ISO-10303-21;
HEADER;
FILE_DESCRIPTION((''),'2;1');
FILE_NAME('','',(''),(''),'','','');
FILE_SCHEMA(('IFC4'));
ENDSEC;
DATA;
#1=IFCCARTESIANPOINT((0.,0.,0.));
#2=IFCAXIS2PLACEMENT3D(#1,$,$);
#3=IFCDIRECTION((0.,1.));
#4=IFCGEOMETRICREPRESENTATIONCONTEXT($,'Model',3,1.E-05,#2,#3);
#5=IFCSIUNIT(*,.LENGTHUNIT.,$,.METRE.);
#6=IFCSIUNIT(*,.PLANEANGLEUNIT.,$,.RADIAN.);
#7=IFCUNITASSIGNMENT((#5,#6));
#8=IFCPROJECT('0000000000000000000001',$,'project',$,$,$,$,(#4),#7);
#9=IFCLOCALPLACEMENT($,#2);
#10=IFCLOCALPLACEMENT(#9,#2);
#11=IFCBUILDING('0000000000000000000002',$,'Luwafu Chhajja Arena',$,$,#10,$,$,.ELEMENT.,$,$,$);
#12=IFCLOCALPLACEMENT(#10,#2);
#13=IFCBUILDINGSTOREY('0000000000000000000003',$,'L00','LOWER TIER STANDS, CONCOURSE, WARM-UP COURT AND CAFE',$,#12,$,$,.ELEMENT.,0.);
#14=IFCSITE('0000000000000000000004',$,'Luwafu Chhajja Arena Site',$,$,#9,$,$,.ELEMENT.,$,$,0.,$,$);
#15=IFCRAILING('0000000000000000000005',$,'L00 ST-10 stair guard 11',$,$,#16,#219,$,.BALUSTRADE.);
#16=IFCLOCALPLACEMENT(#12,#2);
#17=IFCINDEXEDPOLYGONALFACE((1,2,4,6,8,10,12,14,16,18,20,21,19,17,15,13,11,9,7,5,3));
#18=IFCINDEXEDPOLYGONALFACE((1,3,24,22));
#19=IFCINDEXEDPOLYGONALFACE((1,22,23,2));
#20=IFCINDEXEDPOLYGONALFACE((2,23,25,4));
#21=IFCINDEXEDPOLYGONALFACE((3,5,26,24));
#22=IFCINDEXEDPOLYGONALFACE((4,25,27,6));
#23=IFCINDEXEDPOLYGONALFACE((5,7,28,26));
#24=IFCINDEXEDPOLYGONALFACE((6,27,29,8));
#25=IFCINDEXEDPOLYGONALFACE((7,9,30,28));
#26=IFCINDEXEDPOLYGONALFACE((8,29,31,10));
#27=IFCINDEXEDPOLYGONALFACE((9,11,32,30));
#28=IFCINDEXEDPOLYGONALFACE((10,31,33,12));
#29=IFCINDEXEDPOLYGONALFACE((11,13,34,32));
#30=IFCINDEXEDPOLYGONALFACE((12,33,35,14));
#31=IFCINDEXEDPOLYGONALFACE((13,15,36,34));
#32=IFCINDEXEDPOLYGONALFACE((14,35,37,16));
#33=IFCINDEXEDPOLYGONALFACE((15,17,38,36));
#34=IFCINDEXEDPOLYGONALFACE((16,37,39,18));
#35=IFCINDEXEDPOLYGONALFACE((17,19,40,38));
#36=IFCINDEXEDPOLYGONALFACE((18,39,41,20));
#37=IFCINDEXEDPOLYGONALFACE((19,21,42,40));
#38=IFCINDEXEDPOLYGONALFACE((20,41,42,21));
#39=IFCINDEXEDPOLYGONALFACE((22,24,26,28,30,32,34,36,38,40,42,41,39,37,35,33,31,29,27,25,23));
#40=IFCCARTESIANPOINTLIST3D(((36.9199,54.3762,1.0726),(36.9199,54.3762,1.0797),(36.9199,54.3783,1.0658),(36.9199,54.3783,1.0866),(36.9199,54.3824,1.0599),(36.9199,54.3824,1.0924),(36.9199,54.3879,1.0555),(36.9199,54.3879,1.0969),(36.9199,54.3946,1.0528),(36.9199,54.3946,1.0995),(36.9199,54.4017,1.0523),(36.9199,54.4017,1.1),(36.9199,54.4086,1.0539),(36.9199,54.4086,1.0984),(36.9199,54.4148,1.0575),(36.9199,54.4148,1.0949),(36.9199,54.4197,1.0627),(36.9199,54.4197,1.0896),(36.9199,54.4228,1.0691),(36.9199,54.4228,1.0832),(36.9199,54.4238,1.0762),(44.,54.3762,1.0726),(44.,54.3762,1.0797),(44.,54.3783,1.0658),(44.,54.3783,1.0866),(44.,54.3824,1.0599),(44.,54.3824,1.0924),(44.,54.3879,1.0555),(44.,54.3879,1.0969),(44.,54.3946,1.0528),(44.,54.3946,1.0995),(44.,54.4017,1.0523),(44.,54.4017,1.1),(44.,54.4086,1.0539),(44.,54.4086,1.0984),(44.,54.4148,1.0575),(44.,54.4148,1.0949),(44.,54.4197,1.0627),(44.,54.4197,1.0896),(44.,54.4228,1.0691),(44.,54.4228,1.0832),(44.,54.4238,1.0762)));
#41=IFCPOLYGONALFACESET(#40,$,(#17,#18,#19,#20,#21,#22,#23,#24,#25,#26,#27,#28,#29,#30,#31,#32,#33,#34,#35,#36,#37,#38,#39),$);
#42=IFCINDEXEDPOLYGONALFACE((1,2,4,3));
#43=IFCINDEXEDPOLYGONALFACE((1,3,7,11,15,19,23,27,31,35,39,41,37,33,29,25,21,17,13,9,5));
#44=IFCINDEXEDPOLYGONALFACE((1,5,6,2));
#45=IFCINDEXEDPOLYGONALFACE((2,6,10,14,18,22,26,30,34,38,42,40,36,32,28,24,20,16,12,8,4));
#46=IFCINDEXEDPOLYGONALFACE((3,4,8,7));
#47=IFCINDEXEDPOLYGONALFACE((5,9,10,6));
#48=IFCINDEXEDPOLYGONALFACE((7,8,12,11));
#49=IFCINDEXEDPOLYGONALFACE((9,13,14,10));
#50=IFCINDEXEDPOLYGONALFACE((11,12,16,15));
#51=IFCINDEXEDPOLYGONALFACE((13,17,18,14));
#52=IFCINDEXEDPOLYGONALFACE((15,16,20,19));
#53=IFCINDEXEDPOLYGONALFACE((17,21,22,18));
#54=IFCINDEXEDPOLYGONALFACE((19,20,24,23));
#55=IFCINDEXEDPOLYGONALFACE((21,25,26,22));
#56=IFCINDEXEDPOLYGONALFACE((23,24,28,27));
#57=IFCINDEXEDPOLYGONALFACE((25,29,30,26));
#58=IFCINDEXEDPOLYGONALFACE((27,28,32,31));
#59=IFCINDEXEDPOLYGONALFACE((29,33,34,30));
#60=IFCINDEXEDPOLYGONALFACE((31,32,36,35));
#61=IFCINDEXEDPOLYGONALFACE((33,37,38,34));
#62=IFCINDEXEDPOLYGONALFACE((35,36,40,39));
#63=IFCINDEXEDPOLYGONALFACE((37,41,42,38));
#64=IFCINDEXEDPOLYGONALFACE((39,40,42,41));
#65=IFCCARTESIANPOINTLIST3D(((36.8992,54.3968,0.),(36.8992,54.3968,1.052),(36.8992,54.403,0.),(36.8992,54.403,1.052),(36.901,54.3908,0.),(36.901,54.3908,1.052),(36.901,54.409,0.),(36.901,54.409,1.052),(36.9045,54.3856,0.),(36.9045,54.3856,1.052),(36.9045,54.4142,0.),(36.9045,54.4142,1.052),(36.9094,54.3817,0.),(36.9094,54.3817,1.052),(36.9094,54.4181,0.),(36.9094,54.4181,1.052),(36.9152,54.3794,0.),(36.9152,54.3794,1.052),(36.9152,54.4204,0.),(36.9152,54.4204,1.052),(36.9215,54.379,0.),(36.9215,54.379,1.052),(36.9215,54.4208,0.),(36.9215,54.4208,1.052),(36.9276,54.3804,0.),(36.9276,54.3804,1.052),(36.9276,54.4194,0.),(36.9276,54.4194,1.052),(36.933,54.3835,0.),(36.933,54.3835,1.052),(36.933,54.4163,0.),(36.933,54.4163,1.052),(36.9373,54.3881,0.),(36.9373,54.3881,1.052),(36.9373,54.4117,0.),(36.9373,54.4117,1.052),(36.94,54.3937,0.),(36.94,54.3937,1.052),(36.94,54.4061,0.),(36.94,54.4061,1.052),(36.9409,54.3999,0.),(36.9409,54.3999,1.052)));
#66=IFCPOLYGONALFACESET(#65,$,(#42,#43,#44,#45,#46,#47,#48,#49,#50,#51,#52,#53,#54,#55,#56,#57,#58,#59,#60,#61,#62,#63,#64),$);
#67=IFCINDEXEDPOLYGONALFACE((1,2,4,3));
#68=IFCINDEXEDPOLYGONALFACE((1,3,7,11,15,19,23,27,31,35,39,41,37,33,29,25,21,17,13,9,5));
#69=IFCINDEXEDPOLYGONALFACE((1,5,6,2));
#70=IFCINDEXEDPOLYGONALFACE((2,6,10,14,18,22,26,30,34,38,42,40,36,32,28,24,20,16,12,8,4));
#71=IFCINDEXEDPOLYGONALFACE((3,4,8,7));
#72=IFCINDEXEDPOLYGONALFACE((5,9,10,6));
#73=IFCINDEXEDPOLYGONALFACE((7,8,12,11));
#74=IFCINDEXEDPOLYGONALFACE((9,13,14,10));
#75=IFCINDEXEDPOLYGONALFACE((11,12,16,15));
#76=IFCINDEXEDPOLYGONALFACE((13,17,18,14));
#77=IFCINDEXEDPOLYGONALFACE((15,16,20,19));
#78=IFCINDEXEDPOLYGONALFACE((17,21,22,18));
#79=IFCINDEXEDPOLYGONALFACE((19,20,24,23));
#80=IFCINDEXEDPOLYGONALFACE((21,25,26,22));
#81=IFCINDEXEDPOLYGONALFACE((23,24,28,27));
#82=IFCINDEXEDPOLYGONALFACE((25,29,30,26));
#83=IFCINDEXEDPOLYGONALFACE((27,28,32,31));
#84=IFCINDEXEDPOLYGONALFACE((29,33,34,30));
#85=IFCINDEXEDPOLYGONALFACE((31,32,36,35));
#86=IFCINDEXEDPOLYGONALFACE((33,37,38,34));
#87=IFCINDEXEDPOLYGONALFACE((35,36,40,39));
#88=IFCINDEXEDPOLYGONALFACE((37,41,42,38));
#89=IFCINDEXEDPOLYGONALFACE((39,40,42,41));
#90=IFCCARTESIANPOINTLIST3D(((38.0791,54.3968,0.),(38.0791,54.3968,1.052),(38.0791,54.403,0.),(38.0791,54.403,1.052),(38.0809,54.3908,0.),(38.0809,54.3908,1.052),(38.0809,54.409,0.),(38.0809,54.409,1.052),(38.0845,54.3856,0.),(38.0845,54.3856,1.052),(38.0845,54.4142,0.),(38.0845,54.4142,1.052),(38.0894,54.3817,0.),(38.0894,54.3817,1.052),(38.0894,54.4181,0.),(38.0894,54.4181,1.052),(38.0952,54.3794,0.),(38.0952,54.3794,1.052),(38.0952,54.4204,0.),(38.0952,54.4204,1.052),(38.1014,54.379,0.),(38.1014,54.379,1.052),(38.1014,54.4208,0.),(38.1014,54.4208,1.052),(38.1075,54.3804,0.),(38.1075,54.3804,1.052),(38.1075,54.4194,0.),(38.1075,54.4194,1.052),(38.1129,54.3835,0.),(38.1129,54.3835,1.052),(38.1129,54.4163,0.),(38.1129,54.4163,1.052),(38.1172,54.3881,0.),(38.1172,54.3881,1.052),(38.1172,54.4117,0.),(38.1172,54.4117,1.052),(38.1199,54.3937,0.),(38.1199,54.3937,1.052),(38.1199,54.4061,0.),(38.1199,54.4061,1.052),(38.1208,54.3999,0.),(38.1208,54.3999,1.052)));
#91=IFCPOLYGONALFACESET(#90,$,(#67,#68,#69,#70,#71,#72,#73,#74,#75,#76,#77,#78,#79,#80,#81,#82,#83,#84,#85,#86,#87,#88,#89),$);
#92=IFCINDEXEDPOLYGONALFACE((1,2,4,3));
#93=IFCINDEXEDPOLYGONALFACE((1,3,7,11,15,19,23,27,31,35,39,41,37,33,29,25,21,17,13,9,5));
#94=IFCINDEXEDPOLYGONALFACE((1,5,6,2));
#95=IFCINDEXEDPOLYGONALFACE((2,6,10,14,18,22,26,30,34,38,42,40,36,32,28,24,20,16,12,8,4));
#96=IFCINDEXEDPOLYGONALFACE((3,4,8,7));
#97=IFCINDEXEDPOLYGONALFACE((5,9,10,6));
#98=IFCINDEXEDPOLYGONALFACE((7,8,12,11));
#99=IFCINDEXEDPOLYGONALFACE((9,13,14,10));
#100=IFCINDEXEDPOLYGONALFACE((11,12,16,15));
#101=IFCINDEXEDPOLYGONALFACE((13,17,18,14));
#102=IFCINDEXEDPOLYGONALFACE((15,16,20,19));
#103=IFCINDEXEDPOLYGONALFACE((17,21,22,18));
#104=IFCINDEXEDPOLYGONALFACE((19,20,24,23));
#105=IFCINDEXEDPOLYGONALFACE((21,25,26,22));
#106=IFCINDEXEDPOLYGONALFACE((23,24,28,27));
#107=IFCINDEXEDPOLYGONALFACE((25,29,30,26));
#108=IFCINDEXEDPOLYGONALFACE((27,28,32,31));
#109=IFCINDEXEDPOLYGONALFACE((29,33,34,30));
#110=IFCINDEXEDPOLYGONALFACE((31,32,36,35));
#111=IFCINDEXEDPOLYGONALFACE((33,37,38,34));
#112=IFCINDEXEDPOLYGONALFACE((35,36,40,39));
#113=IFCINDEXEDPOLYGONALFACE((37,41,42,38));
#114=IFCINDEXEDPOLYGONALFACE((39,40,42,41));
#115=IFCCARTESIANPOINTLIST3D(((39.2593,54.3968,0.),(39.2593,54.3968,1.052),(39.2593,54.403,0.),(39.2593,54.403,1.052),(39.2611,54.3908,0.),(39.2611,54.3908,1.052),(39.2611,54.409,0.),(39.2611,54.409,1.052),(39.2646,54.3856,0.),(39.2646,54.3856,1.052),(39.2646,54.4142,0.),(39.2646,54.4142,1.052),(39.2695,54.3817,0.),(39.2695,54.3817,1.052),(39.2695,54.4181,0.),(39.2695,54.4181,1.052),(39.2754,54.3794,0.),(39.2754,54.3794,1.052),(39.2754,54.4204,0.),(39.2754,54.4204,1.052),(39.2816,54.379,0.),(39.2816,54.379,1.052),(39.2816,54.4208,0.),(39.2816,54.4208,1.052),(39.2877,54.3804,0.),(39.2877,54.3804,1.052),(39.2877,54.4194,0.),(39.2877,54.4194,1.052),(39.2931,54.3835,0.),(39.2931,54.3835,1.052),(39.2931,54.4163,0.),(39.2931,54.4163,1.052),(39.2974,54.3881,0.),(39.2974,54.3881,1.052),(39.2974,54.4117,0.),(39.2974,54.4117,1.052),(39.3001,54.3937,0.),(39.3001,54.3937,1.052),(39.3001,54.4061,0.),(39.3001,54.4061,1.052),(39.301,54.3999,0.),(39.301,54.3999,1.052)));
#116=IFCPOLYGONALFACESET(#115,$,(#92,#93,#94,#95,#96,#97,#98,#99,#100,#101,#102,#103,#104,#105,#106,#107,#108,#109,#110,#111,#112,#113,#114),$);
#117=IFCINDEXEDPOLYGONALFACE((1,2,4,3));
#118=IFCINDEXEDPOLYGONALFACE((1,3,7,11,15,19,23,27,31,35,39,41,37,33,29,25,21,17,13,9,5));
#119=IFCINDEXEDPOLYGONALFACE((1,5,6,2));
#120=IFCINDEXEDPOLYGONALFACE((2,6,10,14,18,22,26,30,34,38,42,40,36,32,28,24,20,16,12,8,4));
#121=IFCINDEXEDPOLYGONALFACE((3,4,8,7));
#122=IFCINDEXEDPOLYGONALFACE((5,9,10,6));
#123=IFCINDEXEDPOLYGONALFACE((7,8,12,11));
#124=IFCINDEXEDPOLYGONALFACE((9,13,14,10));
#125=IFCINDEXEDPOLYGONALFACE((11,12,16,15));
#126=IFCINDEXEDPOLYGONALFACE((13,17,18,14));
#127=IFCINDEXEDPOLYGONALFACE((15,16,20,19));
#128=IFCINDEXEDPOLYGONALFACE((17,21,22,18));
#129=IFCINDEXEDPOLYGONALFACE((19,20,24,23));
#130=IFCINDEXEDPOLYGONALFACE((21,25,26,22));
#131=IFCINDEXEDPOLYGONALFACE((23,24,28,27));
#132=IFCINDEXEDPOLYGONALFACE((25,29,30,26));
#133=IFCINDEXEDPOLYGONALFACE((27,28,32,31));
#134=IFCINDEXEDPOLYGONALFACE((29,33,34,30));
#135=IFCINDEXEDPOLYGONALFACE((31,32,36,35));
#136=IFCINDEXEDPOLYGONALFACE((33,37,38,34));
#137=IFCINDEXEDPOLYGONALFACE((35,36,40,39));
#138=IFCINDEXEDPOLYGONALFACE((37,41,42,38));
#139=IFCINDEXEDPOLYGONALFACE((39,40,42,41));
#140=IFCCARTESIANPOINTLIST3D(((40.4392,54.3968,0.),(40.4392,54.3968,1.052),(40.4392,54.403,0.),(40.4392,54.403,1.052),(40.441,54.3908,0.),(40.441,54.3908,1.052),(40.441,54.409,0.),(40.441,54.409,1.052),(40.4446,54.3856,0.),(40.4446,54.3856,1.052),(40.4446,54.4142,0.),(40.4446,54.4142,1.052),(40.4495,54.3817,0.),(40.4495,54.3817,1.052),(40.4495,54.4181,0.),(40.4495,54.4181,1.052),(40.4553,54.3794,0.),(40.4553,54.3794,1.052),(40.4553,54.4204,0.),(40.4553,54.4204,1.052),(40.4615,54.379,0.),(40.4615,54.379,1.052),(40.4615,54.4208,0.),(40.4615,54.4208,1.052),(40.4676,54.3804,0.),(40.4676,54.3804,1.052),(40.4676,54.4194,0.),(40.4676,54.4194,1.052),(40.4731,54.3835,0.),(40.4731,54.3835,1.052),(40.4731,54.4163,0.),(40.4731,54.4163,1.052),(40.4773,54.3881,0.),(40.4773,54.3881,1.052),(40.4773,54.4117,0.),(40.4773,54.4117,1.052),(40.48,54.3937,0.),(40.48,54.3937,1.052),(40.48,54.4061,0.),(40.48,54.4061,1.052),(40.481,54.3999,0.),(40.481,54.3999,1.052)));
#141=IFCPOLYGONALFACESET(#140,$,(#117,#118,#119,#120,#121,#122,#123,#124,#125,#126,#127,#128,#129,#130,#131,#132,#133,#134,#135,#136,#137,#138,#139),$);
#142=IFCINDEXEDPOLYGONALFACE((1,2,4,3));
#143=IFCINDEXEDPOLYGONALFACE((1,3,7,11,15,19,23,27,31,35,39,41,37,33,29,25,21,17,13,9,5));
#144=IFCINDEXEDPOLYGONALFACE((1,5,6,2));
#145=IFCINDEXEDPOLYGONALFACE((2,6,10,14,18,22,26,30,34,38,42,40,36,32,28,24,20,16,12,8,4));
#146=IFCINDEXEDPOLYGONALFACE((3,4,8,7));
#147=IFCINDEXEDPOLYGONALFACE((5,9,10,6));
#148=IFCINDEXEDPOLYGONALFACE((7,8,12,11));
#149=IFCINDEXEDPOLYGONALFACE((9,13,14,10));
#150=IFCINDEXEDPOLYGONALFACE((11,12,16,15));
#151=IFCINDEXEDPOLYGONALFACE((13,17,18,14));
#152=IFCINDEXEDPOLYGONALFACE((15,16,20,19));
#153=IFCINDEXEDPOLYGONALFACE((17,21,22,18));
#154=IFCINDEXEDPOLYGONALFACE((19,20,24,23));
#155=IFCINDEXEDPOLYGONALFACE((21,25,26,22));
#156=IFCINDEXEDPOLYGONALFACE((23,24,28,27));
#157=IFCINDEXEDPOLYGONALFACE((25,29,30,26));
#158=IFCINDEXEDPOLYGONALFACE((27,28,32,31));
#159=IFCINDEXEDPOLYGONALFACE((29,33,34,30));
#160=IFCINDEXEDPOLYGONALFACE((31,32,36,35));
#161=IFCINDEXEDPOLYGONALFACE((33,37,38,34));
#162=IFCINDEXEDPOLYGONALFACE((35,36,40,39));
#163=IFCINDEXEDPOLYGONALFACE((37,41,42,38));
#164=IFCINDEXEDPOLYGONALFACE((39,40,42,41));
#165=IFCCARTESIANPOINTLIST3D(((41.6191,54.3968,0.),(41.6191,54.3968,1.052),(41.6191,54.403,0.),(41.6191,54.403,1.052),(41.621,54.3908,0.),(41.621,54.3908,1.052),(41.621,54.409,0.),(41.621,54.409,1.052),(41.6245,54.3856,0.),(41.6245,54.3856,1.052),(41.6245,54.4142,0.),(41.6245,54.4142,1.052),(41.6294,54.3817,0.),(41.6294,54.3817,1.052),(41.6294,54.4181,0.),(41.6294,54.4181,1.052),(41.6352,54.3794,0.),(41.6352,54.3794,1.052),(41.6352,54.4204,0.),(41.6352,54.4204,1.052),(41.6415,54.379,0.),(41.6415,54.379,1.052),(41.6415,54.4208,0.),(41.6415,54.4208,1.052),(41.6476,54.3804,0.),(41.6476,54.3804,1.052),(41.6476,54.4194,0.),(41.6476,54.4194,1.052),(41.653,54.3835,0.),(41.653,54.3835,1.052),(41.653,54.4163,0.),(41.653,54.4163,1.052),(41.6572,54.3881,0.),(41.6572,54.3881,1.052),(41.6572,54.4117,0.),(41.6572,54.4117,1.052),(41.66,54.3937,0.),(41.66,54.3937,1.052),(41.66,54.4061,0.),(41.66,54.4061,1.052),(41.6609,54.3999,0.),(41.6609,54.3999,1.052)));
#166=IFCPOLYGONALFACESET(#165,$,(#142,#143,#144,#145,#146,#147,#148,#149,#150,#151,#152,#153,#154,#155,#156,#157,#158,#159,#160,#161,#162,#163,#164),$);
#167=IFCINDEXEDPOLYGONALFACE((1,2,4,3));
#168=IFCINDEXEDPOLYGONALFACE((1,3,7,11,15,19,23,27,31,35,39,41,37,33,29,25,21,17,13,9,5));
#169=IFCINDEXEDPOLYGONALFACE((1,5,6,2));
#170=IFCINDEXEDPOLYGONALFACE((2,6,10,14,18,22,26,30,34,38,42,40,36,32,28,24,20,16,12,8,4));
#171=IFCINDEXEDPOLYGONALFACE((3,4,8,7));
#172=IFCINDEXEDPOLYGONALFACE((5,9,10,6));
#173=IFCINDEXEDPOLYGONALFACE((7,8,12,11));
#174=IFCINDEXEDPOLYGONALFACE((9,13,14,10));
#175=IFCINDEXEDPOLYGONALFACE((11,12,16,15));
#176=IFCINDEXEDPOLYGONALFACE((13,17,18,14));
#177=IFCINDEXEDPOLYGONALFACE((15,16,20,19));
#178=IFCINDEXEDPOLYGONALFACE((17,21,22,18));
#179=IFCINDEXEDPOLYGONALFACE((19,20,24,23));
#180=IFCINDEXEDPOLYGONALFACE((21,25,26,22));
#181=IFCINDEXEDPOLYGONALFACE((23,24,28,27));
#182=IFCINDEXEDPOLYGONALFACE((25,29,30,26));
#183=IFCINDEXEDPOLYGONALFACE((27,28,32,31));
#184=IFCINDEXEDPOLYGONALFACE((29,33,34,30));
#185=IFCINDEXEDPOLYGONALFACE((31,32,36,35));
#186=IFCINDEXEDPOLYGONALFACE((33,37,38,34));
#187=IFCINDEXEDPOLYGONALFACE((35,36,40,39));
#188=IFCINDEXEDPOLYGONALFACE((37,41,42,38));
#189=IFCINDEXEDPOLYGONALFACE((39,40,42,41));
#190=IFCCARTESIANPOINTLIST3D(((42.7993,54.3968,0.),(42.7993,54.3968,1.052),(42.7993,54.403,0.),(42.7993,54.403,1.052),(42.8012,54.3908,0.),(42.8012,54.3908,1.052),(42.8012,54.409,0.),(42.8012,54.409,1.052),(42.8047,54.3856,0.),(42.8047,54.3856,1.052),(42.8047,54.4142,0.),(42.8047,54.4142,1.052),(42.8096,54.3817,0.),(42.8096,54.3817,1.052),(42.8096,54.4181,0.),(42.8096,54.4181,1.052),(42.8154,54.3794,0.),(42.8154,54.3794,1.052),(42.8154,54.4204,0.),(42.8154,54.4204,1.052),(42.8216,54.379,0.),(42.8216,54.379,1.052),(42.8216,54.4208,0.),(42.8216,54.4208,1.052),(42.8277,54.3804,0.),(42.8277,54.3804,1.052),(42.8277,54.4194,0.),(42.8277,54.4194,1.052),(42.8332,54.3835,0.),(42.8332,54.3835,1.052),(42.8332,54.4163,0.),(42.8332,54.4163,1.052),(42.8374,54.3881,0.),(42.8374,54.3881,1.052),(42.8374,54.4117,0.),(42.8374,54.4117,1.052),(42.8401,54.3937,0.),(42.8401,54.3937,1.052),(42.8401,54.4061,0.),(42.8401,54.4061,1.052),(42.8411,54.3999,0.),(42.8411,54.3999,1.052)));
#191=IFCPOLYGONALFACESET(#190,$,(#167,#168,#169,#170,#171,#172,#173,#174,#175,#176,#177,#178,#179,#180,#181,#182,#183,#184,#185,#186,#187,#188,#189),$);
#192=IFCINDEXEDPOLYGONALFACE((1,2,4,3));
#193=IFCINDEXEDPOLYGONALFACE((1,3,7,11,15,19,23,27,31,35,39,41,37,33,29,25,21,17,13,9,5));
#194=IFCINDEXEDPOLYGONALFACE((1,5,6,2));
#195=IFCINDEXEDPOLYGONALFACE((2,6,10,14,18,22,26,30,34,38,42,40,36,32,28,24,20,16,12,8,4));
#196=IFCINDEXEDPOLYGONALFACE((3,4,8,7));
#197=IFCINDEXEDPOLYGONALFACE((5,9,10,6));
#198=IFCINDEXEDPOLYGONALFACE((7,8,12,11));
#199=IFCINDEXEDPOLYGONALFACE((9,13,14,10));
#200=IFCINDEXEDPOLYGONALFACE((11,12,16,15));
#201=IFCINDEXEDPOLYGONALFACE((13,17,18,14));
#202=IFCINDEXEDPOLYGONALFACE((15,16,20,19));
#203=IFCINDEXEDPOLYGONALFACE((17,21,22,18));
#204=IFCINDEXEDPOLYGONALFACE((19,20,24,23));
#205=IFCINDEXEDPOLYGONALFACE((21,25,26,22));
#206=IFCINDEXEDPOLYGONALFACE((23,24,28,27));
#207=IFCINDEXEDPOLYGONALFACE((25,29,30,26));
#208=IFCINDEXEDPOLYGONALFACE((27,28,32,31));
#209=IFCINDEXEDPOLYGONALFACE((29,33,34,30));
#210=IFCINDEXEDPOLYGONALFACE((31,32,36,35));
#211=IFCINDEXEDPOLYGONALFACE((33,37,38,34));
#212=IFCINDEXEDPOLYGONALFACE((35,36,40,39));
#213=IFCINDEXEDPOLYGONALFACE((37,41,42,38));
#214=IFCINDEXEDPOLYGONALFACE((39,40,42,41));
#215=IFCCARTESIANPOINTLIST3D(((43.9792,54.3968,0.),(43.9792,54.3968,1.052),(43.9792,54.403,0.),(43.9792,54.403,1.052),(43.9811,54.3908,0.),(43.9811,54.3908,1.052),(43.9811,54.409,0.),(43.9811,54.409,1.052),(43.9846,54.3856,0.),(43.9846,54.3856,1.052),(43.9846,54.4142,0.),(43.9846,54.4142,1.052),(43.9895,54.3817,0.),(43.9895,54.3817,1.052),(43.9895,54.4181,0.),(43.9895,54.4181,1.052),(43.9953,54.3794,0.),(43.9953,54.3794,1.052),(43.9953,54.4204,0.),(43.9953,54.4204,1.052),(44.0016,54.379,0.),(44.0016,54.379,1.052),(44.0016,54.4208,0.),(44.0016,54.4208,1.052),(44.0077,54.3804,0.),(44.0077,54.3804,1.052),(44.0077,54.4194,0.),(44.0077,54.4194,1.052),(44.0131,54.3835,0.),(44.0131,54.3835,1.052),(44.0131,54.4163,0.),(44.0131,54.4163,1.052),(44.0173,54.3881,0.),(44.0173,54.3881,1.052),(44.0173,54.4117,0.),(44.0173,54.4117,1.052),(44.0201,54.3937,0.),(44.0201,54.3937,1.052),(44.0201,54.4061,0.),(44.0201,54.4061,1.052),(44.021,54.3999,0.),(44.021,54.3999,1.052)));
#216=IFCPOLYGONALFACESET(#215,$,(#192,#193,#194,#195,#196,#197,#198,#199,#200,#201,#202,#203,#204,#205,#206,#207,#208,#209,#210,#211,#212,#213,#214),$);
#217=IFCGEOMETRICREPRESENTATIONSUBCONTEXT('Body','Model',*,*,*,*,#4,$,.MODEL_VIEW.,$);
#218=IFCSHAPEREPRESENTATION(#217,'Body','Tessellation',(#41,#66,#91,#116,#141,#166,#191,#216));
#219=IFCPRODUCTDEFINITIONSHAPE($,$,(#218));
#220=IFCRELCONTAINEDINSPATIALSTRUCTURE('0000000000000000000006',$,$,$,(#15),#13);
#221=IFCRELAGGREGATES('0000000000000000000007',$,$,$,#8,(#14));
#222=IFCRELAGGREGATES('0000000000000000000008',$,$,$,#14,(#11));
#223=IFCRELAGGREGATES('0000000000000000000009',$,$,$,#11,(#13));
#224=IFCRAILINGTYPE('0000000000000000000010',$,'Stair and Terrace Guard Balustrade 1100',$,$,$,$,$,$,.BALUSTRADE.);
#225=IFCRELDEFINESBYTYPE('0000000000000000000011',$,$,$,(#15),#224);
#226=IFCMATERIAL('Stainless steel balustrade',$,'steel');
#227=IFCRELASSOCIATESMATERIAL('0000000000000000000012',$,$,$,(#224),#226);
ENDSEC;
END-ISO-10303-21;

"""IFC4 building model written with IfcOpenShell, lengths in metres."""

from ifc_helpers import new_model, si_unit, direction, frame, origin, origin_2d, place, context, subcontext, project, spatial, circle, extrude, material, type_object, element, save


model = new_model("IFC4")

# Units and contexts
model_context = context("Model", 3, precision=1e-05, world=origin(), true_north=direction((0.0, 1.0)))
body_context = subcontext(model_context, "Body", "Model", "MODEL_VIEW")
ifc_project = project(units=[si_unit("LENGTHUNIT", "METRE"), si_unit("PLANEANGLEUNIT", "RADIAN")], contexts=[model_context])

# Site, building, storey
site_placement = place(None, origin())
site = spatial("IfcSite", under=ifc_project, at=site_placement, Name="Luwafu Chhajja Arena Site", CompositionType="ELEMENT", RefElevation=0.0)
building_placement = place(site_placement, origin())
building = spatial("IfcBuilding", under=site, at=building_placement, Name="Luwafu Chhajja Arena", CompositionType="ELEMENT")
storey_placement = place(building_placement, origin())
storey = spatial("IfcBuildingStorey", under=building, at=storey_placement, Name="L00", Description="LOWER TIER STANDS, CONCOURSE, WARM-UP COURT AND CAFE", CompositionType="ELEMENT", Elevation=0.0)

# Railing
ifc_material_1 = material(Name="Stainless steel balustrade", Category="steel")
railing_type_1 = type_object("IfcRailingType", Name="Stair and Terrace Guard Balustrade 1100", PredefinedType="BALUSTRADE", material=ifc_material_1)
railing_1_placement = place(storey_placement, frame((36.9199, 54.3999, 0.0)))
element("IfcRailing", 1, at=railing_1_placement, inside=storey, type_object=railing_type_1, Name="L00 ST-10 stair guard 11", PredefinedType="BALUSTRADE", context=body_context, shape_type="SweptSolid", body=[
    extrude(circle(Radius=0.0239, at=origin_2d()), frame((0.0, 0.0, 1.0762), z_axis=(1.0, 0.0, 0.0), x_axis=(0.0, 1.0, 0.0)), (0.0, 0.0, 1.0), 7.0801),
    extrude(circle(Radius=0.021, at=origin_2d()), origin(), (0.0, 0.0, 1.0), 1.052),
    extrude(circle(Radius=0.021, at=origin_2d()), frame((1.1799, 0.0, 0.0)), (0.0, 0.0, 1.0), 1.052),
    extrude(circle(Radius=0.021, at=origin_2d()), frame((2.3601, 0.0, 0.0)), (0.0, 0.0, 1.0), 1.052),
    extrude(circle(Radius=0.021, at=origin_2d()), frame((3.54, 0.0, 0.0)), (0.0, 0.0, 1.0), 1.052),
    extrude(circle(Radius=0.021, at=origin_2d()), frame((4.72, 0.0, 0.0)), (0.0, 0.0, 1.0), 1.052),
    extrude(circle(Radius=0.021, at=origin_2d()), frame((5.9001, 0.0, 0.0)), (0.0, 0.0, 1.0), 1.052),
    extrude(circle(Radius=0.021, at=origin_2d()), frame((7.0801, 0.0, 0.0)), (0.0, 0.0, 1.0), 1.052),
])

save(model, "model.ifc")
